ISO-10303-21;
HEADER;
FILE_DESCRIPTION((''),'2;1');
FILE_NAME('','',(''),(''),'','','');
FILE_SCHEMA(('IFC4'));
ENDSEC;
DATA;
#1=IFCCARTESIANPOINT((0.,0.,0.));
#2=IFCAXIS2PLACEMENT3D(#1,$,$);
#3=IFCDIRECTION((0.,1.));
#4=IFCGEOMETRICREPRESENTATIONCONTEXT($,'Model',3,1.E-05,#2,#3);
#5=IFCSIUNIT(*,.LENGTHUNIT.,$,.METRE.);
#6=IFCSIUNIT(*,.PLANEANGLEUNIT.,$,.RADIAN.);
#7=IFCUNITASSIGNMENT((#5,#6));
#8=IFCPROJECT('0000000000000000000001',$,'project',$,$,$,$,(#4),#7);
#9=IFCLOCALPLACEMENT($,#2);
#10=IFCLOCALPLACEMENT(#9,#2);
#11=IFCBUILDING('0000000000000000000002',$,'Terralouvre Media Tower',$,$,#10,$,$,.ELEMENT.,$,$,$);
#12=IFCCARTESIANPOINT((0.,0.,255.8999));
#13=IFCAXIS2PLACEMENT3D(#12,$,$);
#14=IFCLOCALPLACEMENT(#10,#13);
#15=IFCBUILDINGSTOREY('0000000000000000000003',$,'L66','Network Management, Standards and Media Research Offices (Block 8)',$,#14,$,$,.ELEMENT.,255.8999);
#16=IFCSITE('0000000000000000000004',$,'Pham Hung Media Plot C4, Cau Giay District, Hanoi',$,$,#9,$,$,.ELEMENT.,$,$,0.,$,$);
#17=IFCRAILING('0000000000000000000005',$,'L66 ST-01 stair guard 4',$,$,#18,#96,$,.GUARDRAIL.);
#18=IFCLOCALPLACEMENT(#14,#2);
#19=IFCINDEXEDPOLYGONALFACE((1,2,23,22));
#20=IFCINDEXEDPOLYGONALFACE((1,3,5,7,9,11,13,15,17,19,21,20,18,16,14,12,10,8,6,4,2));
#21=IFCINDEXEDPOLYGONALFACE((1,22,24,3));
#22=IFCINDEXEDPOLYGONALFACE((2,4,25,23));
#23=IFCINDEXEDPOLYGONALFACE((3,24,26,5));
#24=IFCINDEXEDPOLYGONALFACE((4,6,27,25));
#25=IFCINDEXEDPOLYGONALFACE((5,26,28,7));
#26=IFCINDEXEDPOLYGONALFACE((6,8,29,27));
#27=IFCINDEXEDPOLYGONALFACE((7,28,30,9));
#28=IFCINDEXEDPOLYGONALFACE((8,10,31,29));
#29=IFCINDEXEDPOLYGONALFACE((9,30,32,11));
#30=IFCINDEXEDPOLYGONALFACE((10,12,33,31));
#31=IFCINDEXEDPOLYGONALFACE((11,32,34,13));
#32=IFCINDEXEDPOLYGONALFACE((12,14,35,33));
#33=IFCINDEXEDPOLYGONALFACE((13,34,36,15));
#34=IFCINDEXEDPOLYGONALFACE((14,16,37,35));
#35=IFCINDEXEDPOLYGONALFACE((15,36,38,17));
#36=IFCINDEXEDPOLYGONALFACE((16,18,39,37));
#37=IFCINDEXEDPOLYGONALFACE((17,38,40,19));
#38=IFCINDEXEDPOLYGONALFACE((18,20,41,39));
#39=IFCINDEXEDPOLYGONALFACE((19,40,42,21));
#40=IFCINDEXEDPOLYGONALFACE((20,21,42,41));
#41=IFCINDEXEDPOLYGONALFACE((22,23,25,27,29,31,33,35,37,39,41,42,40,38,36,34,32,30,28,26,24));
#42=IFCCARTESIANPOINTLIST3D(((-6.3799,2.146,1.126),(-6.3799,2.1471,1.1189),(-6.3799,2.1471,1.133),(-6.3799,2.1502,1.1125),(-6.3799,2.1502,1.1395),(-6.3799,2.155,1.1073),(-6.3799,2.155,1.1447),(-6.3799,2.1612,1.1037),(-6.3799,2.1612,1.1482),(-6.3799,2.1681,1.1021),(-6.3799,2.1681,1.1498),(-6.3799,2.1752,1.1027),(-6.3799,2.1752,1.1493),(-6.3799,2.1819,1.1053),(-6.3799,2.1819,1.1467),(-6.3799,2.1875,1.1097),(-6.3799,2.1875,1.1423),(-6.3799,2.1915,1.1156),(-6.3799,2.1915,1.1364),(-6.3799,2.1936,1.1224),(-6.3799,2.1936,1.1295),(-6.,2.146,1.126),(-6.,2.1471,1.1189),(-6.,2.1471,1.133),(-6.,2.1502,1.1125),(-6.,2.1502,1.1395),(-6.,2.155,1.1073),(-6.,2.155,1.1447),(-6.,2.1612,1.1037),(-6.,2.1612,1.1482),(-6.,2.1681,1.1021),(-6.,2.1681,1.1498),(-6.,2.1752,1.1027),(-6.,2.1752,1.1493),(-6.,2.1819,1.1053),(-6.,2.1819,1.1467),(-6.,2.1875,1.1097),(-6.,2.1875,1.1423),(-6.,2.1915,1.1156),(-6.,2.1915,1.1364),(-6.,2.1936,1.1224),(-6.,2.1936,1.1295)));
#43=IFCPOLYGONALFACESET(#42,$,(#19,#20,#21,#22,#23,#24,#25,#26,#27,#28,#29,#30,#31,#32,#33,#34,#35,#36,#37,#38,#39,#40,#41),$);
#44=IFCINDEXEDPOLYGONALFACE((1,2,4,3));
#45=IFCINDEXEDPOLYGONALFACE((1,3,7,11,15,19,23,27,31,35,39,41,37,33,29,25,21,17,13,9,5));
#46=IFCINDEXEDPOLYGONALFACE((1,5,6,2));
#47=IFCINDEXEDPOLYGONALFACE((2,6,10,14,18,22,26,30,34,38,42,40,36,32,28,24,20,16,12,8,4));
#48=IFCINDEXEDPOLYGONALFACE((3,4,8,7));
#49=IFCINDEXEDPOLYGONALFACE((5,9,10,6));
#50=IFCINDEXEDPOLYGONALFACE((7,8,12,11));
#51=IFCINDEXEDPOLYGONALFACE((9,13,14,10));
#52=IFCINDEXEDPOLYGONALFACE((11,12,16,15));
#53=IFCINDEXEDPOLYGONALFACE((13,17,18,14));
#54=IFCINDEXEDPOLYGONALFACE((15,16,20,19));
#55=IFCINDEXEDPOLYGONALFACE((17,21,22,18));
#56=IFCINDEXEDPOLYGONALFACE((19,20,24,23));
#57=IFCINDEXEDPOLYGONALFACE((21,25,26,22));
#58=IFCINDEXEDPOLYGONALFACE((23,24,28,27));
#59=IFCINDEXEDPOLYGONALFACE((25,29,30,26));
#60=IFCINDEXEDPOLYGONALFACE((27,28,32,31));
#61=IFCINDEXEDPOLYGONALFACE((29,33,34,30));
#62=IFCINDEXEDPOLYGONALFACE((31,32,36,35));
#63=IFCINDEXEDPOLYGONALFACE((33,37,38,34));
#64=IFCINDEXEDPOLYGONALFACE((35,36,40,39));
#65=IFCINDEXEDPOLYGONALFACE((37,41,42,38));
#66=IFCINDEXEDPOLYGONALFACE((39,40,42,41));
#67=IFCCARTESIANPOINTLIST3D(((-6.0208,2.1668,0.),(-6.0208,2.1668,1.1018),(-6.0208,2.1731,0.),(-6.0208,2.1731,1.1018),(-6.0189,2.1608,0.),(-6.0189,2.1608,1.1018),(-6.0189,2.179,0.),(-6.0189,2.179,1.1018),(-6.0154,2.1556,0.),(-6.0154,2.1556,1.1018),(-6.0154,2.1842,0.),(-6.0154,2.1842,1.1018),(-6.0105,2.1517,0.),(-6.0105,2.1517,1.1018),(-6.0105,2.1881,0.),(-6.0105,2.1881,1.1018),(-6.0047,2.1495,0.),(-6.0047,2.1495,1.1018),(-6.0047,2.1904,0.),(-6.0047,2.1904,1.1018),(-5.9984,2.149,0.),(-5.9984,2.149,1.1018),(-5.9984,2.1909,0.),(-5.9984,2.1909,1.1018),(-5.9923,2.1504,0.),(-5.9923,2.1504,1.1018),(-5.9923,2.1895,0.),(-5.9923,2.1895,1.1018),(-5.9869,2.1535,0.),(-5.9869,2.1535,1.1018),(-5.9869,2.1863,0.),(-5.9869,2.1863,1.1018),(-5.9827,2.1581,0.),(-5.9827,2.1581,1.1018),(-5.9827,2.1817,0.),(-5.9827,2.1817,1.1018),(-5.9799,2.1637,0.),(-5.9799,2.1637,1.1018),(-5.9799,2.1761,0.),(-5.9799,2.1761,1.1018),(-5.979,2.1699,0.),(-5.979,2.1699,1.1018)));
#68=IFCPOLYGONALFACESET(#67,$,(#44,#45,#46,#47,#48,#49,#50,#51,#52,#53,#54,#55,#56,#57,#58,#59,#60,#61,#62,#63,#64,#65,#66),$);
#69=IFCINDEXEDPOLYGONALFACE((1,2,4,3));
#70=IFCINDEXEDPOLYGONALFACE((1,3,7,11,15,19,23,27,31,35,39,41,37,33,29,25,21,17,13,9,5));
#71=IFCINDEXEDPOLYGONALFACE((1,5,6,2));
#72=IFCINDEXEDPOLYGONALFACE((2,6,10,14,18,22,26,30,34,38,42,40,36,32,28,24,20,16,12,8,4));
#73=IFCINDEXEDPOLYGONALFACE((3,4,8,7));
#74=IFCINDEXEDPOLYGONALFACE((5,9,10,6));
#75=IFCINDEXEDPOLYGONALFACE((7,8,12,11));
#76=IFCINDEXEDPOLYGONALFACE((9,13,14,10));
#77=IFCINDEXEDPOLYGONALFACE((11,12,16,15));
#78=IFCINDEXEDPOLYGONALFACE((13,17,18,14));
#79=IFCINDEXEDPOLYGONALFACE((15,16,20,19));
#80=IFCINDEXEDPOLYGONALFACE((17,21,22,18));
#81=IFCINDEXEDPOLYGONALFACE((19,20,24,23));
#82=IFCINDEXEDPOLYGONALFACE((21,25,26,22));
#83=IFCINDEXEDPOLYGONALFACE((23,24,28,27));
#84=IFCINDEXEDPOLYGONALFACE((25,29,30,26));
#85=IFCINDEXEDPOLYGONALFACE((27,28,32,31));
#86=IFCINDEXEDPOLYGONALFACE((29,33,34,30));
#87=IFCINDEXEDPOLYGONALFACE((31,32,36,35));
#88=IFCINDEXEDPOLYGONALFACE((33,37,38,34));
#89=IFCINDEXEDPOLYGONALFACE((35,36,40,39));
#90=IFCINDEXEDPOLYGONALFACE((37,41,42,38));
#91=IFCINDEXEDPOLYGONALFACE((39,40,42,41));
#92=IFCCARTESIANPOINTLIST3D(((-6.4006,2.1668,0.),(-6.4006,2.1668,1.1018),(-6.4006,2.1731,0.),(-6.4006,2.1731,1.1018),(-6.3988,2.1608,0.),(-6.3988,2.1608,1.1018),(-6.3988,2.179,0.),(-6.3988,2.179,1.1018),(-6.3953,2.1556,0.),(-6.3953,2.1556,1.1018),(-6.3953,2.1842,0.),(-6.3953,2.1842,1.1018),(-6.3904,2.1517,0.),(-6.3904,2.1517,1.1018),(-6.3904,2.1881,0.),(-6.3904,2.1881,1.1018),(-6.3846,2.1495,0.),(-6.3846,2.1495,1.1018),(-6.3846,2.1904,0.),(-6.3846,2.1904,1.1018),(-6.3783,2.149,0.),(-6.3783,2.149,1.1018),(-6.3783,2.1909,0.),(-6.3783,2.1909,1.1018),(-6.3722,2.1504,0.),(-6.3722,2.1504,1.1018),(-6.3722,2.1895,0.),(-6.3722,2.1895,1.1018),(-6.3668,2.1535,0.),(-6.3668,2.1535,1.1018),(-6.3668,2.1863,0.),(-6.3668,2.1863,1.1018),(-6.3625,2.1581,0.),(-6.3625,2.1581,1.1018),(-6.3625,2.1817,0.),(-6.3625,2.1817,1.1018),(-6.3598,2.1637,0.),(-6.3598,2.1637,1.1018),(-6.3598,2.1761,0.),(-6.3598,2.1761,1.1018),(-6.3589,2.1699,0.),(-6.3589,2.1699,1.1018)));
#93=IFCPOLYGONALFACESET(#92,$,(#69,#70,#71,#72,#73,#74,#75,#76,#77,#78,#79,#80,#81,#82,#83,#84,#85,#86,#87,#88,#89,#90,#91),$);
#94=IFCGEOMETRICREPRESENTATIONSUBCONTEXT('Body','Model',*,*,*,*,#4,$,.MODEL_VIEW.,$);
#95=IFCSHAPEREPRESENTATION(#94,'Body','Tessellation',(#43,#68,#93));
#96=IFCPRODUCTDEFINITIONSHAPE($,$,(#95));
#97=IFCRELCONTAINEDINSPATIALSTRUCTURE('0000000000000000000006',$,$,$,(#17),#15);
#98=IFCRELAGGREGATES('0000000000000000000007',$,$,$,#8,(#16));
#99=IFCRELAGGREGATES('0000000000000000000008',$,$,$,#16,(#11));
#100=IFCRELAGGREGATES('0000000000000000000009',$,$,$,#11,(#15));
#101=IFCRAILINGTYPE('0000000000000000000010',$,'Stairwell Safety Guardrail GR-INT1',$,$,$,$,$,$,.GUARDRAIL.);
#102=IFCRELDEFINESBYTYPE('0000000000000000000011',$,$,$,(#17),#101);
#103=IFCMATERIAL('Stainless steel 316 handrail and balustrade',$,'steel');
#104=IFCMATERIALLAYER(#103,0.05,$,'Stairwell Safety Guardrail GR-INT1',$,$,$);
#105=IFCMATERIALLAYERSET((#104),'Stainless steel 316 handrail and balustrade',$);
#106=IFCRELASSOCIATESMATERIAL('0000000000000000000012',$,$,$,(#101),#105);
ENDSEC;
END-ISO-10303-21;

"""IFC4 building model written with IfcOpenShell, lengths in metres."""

from ifc_helpers import new_model, si_unit, direction, frame, origin, origin_2d, place, context, subcontext, project, spatial, circle, extrude, material, layer, layer_set, type_object, element, save


model = new_model("IFC4")

# Units and contexts
model_context = context("Model", 3, precision=1e-05, world=origin(), true_north=direction((0.0, 1.0)))
body_context = subcontext(model_context, "Body", "Model", "MODEL_VIEW")
ifc_project = project(units=[si_unit("LENGTHUNIT", "METRE"), si_unit("PLANEANGLEUNIT", "RADIAN")], contexts=[model_context])

# Site, building, storey
site_placement = place(None, origin())
site = spatial("IfcSite", under=ifc_project, at=site_placement, Name="Pham Hung Media Plot C4, Cau Giay District, Hanoi", CompositionType="ELEMENT", RefElevation=0.0)
building_placement = place(site_placement, origin())
building = spatial("IfcBuilding", under=site, at=building_placement, Name="Terralouvre Media Tower", CompositionType="ELEMENT")
storey_placement = place(building_placement, frame((0.0, 0.0, 255.8999)))
storey = spatial("IfcBuildingStorey", under=building, at=storey_placement, Name="L66", Description="Network Management, Standards and Media Research Offices (Block 8)", CompositionType="ELEMENT", Elevation=255.8999)

# Railing
ifc_material_1 = material(Name="Stainless steel 316 handrail and balustrade", Category="steel")
ifc_layer_1 = layer(ifc_material_1, 0.05, Name="Stairwell Safety Guardrail GR-INT1")
ifc_layer_set_1 = layer_set([ifc_layer_1], Name="Stainless steel 316 handrail and balustrade")
railing_type_1 = type_object("IfcRailingType", Name="Stairwell Safety Guardrail GR-INT1", PredefinedType="GUARDRAIL", material=ifc_layer_set_1)
railing_1_placement = place(storey_placement, frame((-6.0, 2.1699, 0.0)))
element("IfcRailing", 1, at=railing_1_placement, inside=storey, type_object=railing_type_1, Name="L66 ST-01 stair guard 4", PredefinedType="GUARDRAIL", context=body_context, shape_type="SweptSolid", body=[
    extrude(circle(Radius=0.0239, at=origin_2d()), frame((0.0, 0.0, 1.126), z_axis=(-1.0, 0.0, 0.0), x_axis=(0.0, -1.0, 0.0)), (0.0, 0.0, 1.0), 0.3799),
    extrude(circle(Radius=0.021, at=origin_2d()), origin(), (0.0, 0.0, 1.0), 1.1018),
    extrude(circle(Radius=0.021, at=origin_2d()), frame((-0.3799, 0.0, 0.0)), (0.0, 0.0, 1.0), 1.1018),
])

save(model, "model.ifc")
